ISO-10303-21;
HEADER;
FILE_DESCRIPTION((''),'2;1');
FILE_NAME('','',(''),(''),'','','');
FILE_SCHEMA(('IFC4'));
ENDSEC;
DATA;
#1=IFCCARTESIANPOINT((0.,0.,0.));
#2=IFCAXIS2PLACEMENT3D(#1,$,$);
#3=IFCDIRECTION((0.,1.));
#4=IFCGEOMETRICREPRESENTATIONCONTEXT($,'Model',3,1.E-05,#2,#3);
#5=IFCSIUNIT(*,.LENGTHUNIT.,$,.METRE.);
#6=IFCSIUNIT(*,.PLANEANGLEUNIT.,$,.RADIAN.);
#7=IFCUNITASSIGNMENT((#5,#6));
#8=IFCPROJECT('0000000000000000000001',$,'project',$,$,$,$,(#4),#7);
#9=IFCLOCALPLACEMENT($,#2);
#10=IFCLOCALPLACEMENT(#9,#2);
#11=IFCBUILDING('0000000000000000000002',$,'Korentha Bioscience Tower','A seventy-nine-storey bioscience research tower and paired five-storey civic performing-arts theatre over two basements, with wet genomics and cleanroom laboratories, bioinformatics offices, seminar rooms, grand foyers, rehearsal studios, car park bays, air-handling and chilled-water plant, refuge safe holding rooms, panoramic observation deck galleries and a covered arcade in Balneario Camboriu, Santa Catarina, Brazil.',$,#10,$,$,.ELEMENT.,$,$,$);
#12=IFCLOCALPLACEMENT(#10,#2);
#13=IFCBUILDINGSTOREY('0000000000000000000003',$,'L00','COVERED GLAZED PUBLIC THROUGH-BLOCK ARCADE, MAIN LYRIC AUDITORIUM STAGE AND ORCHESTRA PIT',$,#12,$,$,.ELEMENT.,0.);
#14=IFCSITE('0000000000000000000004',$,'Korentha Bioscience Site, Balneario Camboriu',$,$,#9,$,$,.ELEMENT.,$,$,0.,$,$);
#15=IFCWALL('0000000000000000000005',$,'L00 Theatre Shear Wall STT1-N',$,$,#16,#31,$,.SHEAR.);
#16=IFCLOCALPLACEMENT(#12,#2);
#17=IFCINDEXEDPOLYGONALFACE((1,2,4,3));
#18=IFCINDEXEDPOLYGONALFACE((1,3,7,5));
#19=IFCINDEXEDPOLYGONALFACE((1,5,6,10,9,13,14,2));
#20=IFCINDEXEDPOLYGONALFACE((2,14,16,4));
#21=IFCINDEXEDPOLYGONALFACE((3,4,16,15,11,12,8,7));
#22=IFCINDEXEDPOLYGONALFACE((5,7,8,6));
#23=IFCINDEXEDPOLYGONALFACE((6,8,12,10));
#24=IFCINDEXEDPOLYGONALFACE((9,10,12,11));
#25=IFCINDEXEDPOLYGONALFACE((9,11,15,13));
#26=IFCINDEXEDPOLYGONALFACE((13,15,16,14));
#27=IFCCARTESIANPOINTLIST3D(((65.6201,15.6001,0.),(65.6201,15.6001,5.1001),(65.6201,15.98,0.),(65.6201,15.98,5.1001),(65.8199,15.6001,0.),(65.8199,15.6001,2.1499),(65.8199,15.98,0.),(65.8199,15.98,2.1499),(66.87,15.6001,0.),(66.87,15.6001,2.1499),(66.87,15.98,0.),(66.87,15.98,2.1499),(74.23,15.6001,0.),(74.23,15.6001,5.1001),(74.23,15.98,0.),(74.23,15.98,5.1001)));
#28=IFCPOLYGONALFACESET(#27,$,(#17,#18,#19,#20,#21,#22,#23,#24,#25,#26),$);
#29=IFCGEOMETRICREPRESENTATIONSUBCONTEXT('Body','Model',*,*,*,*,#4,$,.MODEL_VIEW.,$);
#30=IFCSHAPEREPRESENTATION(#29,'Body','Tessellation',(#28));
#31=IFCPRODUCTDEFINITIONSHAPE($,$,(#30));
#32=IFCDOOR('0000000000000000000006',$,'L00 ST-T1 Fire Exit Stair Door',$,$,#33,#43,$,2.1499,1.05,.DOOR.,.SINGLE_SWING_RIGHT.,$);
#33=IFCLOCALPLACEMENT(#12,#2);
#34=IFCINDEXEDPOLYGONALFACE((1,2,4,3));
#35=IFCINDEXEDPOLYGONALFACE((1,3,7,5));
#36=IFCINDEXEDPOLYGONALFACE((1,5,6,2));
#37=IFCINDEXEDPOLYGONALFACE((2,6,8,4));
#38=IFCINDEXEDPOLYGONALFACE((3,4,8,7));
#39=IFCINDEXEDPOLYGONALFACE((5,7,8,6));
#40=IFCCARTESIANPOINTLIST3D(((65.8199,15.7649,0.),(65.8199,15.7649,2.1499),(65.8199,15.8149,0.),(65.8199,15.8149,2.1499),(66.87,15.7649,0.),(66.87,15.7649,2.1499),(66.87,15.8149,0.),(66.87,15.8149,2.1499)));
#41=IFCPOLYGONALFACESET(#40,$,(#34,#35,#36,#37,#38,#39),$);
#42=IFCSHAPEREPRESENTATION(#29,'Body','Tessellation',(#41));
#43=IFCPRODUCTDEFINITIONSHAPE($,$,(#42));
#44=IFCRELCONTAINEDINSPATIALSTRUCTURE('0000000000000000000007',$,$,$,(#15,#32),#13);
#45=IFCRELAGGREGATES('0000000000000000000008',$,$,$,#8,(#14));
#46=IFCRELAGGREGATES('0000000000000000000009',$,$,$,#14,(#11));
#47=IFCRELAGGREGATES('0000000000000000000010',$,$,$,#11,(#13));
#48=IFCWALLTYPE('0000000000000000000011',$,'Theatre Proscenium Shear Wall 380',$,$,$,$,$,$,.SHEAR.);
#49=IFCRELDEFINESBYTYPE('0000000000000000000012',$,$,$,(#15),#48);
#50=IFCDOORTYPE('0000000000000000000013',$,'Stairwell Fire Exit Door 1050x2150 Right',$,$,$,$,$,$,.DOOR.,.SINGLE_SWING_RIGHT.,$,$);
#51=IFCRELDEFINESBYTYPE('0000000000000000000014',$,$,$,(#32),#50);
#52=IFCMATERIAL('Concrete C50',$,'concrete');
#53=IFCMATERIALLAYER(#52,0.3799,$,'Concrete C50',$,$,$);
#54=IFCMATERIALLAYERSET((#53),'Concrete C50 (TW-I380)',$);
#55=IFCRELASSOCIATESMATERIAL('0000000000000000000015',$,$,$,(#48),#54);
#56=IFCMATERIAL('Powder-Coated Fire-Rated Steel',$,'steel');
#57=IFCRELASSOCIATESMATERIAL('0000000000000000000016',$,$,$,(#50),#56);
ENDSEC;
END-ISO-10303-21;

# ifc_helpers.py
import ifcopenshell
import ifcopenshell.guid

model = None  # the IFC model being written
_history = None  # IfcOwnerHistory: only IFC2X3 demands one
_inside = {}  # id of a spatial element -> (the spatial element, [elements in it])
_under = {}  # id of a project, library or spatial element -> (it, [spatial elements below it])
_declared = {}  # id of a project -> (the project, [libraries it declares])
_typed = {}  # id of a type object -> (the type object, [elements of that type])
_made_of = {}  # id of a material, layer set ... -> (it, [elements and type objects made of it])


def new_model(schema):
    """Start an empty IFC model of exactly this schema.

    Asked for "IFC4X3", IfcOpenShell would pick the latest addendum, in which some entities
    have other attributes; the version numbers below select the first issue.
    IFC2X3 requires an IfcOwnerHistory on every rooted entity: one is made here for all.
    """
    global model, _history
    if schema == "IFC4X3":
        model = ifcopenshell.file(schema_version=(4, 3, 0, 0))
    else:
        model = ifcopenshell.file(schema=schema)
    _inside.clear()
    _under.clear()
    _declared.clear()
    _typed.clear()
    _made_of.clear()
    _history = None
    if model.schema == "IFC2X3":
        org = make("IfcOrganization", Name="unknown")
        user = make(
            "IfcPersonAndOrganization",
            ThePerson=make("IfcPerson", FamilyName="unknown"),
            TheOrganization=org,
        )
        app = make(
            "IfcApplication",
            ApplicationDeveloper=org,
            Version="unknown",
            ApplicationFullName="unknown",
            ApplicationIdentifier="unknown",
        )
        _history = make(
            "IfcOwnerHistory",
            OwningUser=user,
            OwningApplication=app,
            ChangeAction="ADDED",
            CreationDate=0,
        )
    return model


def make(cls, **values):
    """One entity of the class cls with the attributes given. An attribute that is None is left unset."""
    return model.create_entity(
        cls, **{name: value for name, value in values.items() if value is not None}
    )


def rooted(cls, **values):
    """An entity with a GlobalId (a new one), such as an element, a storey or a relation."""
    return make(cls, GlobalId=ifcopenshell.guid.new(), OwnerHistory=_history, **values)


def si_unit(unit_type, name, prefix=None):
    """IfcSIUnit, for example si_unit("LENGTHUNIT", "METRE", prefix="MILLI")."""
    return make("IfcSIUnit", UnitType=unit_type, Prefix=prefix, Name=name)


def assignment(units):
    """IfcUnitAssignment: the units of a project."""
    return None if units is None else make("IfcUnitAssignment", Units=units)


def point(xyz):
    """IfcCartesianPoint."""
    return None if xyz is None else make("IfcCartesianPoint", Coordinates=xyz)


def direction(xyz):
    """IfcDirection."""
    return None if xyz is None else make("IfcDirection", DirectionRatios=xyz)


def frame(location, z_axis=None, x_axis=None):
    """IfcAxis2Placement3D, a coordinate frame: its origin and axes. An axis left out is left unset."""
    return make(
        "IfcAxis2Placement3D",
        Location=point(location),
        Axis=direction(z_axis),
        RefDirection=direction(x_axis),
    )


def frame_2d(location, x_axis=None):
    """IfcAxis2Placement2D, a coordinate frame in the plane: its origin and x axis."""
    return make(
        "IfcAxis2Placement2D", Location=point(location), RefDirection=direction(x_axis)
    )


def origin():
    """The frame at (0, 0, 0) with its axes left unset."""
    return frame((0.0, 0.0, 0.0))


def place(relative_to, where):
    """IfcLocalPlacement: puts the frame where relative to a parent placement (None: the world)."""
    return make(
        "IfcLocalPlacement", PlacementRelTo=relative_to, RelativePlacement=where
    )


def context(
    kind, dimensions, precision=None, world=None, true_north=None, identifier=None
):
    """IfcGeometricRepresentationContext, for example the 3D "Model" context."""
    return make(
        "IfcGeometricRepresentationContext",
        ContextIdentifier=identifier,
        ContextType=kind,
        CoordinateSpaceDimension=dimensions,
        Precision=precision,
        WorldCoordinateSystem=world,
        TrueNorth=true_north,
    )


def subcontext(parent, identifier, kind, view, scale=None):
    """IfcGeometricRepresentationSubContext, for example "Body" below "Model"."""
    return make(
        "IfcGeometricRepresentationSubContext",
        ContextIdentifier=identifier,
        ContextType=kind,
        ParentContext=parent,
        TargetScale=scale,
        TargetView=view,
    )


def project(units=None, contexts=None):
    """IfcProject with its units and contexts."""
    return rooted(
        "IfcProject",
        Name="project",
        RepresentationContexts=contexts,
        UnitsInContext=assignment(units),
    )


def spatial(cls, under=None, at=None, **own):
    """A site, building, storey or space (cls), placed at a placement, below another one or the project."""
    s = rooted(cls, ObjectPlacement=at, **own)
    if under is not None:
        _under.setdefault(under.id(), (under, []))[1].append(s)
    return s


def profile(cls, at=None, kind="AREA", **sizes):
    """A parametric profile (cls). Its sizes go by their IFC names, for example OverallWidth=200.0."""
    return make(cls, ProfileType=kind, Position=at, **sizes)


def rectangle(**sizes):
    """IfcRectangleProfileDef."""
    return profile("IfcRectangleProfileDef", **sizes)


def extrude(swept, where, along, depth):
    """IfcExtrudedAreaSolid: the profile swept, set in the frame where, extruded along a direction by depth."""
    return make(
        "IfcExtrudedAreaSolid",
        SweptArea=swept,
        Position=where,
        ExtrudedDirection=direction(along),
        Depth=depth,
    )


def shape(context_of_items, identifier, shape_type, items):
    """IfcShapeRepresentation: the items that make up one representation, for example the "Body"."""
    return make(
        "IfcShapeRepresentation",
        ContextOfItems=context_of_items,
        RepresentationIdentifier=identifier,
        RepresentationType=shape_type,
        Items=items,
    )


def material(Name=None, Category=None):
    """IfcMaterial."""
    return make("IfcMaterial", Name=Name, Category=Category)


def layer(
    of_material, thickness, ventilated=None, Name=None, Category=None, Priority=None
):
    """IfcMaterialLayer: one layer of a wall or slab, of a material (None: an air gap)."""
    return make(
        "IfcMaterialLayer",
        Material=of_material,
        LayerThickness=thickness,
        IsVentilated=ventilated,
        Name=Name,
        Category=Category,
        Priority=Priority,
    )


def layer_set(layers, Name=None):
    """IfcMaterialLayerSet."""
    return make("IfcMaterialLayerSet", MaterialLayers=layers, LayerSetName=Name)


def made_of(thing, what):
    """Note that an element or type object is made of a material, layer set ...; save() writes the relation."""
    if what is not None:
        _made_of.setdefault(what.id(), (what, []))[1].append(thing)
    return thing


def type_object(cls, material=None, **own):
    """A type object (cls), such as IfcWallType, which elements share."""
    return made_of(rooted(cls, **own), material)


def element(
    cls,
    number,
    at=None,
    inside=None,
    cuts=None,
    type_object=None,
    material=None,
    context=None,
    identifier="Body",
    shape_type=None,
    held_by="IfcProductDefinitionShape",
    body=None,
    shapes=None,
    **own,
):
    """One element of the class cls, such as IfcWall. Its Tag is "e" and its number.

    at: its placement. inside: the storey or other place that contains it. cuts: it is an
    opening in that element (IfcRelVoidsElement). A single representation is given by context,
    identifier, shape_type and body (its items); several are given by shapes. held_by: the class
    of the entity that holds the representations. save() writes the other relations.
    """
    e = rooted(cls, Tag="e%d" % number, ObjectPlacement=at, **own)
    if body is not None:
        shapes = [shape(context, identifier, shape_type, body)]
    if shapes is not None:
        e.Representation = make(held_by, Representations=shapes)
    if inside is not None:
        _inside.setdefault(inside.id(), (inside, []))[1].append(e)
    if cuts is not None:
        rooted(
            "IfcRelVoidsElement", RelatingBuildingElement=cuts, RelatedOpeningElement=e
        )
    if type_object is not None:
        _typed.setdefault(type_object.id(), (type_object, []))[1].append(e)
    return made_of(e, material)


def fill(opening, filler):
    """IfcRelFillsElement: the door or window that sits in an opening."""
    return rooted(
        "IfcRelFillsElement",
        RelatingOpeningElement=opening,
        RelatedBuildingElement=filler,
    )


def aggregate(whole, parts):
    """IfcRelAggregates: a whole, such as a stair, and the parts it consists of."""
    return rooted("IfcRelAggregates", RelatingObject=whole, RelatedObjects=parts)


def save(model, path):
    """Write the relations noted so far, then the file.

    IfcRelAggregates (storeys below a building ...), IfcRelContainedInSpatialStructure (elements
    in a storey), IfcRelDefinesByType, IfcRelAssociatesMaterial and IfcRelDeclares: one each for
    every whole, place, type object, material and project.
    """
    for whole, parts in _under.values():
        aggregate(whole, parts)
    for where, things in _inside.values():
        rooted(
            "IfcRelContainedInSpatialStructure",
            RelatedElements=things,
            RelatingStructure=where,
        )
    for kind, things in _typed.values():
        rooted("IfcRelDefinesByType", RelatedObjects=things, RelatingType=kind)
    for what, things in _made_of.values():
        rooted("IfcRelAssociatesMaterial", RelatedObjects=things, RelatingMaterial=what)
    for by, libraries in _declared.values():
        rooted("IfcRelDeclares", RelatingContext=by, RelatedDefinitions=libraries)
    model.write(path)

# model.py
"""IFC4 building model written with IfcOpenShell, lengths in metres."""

from ifc_helpers import new_model, si_unit, direction, frame, frame_2d, origin, place, context, subcontext, project, spatial, rectangle, extrude, material, layer, layer_set, type_object, element, fill, save


model = new_model("IFC4")

# Units and contexts
model_context = context("Model", 3, precision=1e-05, world=origin(), true_north=direction((0.0, 1.0)))
body_context = subcontext(model_context, "Body", "Model", "MODEL_VIEW")
ifc_project = project(units=[si_unit("LENGTHUNIT", "METRE"), si_unit("PLANEANGLEUNIT", "RADIAN")], contexts=[model_context])

# Site, building, storey
site_placement = place(None, origin())
site = spatial("IfcSite", under=ifc_project, at=site_placement, Name="Korentha Bioscience Site, Balneario Camboriu", CompositionType="ELEMENT", RefElevation=0.0)
building_placement = place(site_placement, origin())
building = spatial("IfcBuilding", under=site, at=building_placement, Name="Korentha Bioscience Tower", Description="A seventy-nine-storey bioscience research tower and paired five-storey civic performing-arts theatre over two basements, with wet genomics and cleanroom laboratories, bioinformatics offices, seminar rooms, grand foyers, rehearsal studios, car park bays, air-handling and chilled-water plant, refuge safe holding rooms, panoramic observation deck galleries and a covered arcade in Balneario Camboriu, Santa Catarina, Brazil.", CompositionType="ELEMENT")
storey_placement = place(building_placement, origin())
storey = spatial("IfcBuildingStorey", under=building, at=storey_placement, Name="L00", Description="COVERED GLAZED PUBLIC THROUGH-BLOCK ARCADE, MAIN LYRIC AUDITORIUM STAGE AND ORCHESTRA PIT", CompositionType="ELEMENT", Elevation=0.0)

# Wall, opening, door
ifc_material_1 = material(Name="Concrete C50", Category="concrete")
ifc_layer_1 = layer(ifc_material_1, 0.3799, Name="Concrete C50")
ifc_layer_set_1 = layer_set([ifc_layer_1], Name="Concrete C50 (TW-I380)")
wall_type_1 = type_object("IfcWallType", Name="Theatre Proscenium Shear Wall 380", PredefinedType="SHEAR", material=ifc_layer_set_1)
wall_1_placement = place(storey_placement, frame((65.6201, 15.79, 0.0), z_axis=(0.0, 0.0, 1.0), x_axis=(1.0, 0.0, 0.0)))
wall_1 = element("IfcWall", 1, at=wall_1_placement, inside=storey, type_object=wall_type_1, Name="L00 Theatre Shear Wall STT1-N", PredefinedType="SHEAR", context=body_context, shape_type="SweptSolid", body=[
    extrude(rectangle(XDim=8.6099, YDim=0.3799, at=frame_2d((4.3049, 0.0))), origin(), (0.0, 0.0, 1.0), 5.1001),
])
opening_1_placement = place(wall_1_placement, frame((0.2, 0.0, 0.0)))
opening_1 = element("IfcOpeningElement", 2, at=opening_1_placement, cuts=wall_1, PredefinedType="OPENING", context=body_context, shape_type="SweptSolid", body=[
    extrude(rectangle(XDim=1.05, YDim=2.1499, at=frame_2d((0.5249, 1.075))), frame((0.0, 0.2048, 0.0), z_axis=(0.0, -1.0, 0.0), x_axis=(1.0, 0.0, 0.0)), (0.0, 0.0, 1.0), 0.4097),
])
ifc_material_2 = material(Name="Powder-Coated Fire-Rated Steel", Category="steel")
door_type_1 = type_object("IfcDoorType", Name="Stairwell Fire Exit Door 1050x2150 Right", OperationType="SINGLE_SWING_RIGHT", PredefinedType="DOOR", material=ifc_material_2)
door_1_placement = place(opening_1_placement, origin())
door_1 = element("IfcDoor", 3, at=door_1_placement, inside=storey, type_object=door_type_1, Name="L00 ST-T1 Fire Exit Stair Door", OperationType="SINGLE_SWING_RIGHT", OverallHeight=2.1499, OverallWidth=1.05, PredefinedType="DOOR", context=body_context, shape_type="SweptSolid", body=[
    extrude(rectangle(XDim=1.05, YDim=2.1499, at=frame_2d((0.5249, 1.075))), frame((0.0, 0.0249, 0.0), z_axis=(0.0, -1.0, 0.0), x_axis=(1.0, 0.0, 0.0)), (0.0, 0.0, 1.0), 0.05),
])
fill(opening_1, door_1)

save(model, "model.ifc")
